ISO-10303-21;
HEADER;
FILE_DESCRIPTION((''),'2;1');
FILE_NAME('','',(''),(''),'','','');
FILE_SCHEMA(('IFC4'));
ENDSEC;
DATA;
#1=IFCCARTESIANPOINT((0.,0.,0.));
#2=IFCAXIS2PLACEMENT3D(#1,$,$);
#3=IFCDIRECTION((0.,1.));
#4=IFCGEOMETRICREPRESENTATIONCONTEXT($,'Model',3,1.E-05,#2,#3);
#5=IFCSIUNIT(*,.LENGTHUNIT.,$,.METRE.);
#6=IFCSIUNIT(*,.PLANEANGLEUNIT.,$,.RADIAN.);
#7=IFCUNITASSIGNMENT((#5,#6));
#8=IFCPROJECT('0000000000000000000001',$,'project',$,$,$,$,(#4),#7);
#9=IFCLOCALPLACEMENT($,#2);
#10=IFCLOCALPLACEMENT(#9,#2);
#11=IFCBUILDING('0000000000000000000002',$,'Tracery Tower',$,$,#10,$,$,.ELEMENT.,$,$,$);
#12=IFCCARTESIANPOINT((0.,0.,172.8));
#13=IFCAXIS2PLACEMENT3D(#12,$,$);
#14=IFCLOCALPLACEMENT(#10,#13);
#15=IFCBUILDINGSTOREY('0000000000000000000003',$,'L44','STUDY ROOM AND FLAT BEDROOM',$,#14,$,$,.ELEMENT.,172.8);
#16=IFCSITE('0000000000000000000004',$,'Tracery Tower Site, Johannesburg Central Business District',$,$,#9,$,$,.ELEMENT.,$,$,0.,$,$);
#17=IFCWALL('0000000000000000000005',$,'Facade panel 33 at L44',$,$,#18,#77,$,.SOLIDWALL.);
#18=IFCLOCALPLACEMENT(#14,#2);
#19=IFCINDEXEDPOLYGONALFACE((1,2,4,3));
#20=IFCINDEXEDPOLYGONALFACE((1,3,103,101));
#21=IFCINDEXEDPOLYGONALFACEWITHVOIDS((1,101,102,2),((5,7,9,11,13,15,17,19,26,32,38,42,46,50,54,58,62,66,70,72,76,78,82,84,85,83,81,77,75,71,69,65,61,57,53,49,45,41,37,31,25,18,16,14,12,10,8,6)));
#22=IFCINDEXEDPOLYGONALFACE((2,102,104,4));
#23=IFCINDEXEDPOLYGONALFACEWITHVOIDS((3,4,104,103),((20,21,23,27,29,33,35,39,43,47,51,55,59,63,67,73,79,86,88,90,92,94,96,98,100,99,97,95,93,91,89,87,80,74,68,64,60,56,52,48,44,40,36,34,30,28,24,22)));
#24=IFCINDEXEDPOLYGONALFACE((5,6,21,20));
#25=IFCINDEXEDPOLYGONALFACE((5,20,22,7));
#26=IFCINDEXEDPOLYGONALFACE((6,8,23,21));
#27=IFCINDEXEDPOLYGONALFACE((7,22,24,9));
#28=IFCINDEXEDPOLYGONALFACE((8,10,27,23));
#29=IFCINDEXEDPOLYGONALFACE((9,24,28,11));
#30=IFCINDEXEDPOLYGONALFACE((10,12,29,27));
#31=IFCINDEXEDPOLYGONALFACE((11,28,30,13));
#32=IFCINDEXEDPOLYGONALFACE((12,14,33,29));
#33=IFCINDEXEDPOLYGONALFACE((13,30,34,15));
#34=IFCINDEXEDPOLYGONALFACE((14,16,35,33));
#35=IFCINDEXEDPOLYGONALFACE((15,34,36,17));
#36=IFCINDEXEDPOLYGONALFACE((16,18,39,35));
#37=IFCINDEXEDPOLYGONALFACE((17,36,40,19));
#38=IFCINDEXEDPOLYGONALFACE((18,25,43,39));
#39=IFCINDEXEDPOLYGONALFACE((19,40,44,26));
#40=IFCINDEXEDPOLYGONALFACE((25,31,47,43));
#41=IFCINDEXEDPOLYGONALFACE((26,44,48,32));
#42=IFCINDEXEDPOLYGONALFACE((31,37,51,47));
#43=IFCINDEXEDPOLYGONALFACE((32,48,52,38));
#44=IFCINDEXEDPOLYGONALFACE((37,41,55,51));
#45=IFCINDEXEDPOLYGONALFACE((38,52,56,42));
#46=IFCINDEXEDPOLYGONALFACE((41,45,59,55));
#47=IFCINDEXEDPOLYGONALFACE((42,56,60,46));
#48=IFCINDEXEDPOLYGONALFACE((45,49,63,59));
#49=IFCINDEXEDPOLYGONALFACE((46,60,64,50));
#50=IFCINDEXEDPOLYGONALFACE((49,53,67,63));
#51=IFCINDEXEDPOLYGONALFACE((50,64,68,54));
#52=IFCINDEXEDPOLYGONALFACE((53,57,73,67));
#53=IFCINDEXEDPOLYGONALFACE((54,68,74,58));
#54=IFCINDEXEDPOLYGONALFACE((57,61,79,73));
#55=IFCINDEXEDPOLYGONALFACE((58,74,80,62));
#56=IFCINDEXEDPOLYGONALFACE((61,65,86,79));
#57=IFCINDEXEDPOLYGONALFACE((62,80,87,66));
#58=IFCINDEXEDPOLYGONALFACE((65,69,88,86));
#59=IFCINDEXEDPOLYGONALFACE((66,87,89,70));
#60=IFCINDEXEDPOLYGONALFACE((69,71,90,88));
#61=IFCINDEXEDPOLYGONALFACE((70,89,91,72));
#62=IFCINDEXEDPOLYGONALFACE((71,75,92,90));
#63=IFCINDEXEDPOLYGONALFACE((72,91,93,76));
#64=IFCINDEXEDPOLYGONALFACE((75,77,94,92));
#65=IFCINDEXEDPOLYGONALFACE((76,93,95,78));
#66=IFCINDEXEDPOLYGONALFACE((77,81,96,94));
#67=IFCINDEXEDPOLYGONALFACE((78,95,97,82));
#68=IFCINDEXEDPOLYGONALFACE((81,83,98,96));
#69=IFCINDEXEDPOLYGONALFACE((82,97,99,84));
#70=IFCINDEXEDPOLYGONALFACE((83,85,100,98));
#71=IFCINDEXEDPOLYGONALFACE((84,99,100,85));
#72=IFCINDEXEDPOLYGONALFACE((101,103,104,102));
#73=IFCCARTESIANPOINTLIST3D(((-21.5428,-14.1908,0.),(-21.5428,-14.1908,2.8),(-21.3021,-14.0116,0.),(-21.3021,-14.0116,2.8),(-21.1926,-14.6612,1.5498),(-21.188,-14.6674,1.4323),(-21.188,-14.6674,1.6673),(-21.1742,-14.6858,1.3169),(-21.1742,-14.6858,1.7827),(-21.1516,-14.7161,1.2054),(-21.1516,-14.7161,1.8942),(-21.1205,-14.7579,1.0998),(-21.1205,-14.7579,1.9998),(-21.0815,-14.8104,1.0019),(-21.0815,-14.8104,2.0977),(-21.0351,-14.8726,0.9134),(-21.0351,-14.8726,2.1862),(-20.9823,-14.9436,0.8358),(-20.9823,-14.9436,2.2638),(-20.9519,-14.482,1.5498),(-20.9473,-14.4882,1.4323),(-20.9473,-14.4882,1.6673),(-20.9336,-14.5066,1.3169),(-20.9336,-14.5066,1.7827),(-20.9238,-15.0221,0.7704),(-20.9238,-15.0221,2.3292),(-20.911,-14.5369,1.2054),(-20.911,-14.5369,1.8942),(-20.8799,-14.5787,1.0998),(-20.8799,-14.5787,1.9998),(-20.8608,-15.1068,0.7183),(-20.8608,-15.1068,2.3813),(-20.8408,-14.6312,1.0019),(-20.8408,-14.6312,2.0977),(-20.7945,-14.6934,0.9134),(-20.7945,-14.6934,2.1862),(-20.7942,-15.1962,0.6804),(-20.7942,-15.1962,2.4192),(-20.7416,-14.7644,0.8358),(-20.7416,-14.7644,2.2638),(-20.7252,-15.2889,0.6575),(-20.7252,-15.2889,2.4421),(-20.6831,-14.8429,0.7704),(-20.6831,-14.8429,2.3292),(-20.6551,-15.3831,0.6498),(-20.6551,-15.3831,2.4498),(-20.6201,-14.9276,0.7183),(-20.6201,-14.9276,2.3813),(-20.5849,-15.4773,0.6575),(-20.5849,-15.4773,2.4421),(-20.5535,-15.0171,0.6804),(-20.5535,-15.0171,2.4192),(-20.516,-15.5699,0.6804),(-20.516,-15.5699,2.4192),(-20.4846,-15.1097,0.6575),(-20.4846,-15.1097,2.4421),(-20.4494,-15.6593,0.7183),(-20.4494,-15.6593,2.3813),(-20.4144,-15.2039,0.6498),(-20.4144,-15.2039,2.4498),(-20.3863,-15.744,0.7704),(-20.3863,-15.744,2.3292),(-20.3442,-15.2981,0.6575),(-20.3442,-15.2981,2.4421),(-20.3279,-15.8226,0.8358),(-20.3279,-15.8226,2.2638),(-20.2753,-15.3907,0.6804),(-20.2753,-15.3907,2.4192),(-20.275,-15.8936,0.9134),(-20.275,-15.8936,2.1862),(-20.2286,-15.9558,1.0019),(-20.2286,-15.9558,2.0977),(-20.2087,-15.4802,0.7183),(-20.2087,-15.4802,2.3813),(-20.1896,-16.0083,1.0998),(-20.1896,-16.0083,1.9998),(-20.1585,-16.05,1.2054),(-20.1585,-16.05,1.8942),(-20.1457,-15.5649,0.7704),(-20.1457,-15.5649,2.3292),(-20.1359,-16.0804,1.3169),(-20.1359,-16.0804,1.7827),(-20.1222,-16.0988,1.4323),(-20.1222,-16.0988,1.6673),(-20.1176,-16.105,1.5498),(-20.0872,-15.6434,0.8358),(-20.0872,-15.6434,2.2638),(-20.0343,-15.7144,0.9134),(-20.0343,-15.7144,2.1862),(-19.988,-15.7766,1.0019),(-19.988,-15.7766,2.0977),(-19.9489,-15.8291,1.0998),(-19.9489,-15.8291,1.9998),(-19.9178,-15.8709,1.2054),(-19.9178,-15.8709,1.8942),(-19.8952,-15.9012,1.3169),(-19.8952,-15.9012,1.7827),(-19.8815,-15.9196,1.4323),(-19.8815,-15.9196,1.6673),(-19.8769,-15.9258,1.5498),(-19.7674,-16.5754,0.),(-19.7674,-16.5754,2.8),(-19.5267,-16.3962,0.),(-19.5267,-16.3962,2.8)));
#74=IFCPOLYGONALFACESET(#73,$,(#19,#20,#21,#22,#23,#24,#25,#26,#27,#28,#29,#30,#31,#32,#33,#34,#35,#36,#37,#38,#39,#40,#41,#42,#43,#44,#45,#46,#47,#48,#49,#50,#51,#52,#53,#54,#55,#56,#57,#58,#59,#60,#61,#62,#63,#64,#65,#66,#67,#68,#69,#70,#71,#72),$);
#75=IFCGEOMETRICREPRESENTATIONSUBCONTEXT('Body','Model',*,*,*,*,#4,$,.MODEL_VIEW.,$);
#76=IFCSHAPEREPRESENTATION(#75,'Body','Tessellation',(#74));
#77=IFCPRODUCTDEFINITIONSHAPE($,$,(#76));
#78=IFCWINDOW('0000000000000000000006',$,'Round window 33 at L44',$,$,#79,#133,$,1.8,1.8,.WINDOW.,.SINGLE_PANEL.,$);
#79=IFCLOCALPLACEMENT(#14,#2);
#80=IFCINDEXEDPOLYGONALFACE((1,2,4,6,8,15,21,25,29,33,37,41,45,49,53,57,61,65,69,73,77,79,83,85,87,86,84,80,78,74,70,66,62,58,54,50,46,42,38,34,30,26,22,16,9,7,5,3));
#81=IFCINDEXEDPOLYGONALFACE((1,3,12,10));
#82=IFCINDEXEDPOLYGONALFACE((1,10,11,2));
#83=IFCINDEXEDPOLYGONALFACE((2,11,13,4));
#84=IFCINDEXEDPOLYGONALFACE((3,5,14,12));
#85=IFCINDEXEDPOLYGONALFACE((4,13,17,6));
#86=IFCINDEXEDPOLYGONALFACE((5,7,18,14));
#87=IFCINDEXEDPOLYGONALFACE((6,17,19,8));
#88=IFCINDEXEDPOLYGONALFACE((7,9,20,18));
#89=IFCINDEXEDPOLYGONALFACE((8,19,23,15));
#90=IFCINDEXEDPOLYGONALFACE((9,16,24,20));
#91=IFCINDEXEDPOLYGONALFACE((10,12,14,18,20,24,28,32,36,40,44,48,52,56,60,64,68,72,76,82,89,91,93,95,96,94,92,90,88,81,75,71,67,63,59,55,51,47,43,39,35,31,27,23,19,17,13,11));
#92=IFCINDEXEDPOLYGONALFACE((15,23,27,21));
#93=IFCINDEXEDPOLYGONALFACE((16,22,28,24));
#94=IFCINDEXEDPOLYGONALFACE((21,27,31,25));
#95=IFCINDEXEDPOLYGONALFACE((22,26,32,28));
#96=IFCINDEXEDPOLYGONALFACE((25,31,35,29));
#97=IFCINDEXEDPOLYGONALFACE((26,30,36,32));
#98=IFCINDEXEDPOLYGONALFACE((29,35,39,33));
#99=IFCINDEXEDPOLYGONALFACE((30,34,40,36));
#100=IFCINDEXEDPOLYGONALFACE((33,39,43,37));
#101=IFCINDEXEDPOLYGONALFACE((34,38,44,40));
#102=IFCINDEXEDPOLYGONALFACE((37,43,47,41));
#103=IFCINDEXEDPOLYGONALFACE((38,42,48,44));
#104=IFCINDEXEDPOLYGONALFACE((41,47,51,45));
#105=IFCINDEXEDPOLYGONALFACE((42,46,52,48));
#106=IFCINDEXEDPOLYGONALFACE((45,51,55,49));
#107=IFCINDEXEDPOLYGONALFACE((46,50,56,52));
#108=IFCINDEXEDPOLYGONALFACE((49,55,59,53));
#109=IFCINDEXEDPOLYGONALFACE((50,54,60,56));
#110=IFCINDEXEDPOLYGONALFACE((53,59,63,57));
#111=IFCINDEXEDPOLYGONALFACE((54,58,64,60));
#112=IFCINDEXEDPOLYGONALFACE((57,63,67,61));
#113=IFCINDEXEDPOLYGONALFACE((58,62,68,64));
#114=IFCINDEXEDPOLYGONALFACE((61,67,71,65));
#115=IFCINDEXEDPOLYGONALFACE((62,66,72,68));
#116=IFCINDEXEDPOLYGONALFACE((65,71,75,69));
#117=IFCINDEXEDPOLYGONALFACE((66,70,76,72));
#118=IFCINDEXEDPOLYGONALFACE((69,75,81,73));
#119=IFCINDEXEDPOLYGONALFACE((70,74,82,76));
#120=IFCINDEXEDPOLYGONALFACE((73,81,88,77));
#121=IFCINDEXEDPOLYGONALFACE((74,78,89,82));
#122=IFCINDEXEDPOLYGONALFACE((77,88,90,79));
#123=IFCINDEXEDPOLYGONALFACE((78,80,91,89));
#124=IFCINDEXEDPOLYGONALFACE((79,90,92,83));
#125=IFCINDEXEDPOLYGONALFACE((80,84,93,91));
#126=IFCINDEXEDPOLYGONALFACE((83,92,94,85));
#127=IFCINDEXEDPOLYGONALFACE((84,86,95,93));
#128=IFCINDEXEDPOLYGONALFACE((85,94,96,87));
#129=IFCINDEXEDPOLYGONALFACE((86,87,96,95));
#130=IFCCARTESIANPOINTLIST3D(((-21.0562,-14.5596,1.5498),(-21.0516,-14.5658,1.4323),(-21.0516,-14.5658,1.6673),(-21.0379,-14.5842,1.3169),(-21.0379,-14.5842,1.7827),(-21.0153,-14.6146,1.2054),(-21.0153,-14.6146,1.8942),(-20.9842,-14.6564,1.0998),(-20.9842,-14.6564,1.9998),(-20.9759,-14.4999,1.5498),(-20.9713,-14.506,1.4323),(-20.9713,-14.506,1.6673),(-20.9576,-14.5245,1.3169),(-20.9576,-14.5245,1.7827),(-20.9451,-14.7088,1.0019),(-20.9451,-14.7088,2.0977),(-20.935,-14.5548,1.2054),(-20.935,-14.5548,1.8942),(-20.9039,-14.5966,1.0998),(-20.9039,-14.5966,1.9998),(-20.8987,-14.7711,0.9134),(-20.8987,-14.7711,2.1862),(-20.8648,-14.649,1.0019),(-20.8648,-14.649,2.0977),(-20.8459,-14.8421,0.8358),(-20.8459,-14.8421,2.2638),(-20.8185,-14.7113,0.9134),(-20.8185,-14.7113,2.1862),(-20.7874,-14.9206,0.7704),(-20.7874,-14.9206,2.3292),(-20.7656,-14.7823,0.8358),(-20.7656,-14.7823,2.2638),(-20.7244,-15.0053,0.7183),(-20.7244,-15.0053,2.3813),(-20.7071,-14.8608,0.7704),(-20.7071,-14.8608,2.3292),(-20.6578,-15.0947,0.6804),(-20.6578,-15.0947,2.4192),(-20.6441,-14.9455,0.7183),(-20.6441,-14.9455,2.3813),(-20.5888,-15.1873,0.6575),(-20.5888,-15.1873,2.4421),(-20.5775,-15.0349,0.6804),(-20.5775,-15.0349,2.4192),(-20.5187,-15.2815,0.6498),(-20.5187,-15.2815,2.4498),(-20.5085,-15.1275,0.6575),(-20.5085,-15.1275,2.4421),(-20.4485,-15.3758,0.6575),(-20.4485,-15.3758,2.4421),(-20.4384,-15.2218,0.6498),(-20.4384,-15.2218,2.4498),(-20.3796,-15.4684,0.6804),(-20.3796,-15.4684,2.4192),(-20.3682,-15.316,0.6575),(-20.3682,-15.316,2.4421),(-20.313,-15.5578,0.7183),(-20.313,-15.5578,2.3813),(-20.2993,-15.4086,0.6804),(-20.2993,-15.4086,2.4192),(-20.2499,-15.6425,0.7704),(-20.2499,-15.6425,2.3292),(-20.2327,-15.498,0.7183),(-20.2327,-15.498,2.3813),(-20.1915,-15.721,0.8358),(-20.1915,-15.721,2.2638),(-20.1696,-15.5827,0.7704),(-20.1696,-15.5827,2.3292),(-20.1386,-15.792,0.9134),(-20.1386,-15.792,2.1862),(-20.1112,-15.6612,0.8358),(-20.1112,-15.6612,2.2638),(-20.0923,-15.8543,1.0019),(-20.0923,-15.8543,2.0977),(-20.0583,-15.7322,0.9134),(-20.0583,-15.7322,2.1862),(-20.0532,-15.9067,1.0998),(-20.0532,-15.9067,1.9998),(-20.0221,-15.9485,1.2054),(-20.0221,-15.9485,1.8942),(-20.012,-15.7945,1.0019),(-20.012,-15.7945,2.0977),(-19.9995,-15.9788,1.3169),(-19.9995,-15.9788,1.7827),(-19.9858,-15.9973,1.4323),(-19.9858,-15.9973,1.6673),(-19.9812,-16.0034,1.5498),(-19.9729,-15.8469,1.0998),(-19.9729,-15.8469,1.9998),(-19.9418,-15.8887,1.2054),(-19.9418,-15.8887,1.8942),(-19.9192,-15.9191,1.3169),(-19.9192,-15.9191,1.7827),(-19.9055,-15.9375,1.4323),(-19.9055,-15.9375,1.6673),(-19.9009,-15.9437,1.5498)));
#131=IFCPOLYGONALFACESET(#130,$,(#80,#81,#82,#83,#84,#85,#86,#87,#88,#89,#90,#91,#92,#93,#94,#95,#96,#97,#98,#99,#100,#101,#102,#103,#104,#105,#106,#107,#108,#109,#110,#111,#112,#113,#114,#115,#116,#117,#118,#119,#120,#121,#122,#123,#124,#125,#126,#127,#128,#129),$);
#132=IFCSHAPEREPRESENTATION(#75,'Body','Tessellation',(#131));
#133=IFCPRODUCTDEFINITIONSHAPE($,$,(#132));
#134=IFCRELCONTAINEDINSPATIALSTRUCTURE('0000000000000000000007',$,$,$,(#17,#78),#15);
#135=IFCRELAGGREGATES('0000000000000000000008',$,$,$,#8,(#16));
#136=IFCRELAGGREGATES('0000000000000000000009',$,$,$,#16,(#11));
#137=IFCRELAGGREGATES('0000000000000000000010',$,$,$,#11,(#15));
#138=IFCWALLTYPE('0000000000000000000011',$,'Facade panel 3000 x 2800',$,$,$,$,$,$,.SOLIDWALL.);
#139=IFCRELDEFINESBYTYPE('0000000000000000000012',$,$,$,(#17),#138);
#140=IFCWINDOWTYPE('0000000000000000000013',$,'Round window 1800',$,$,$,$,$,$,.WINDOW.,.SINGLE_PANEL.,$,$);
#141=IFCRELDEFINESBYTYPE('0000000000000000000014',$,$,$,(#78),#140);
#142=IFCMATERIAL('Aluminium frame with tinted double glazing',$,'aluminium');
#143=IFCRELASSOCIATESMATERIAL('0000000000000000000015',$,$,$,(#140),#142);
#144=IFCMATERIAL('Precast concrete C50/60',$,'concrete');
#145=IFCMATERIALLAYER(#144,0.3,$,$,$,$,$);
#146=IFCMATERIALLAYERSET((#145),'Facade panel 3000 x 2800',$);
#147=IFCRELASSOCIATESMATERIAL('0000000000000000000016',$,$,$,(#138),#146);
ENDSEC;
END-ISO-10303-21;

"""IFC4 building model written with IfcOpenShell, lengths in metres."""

from ifc_helpers import new_model, si_unit, direction, frame, frame_2d, origin, origin_2d, place, context, subcontext, project, spatial, rectangle, circle, extrude, material, layer, layer_set, type_object, element, fill, save


model = new_model("IFC4")

# Units and contexts
model_context = context("Model", 3, precision=1e-05, world=origin(), true_north=direction((0.0, 1.0)))
body_context = subcontext(model_context, "Body", "Model", "MODEL_VIEW")
ifc_project = project(units=[si_unit("LENGTHUNIT", "METRE"), si_unit("PLANEANGLEUNIT", "RADIAN")], contexts=[model_context])

# Site, building, storey
site_placement = place(None, origin())
site = spatial("IfcSite", under=ifc_project, at=site_placement, Name="Tracery Tower Site, Johannesburg Central Business District", CompositionType="ELEMENT", RefElevation=0.0)
building_placement = place(site_placement, origin())
building = spatial("IfcBuilding", under=site, at=building_placement, Name="Tracery Tower", CompositionType="ELEMENT")
storey_placement = place(building_placement, frame((0.0, 0.0, 172.8)))
storey = spatial("IfcBuildingStorey", under=building, at=storey_placement, Name="L44", Description="STUDY ROOM AND FLAT BEDROOM", CompositionType="ELEMENT", Elevation=172.8)

# Wall, opening, window
ifc_material_1 = material(Name="Aluminium frame with tinted double glazing", Category="aluminium")
window_type = type_object("IfcWindowType", Name="Round window 1800", PartitioningType="SINGLE_PANEL", PredefinedType="WINDOW", material=ifc_material_1)
ifc_material_2 = material(Name="Precast concrete C50/60", Category="concrete")
ifc_layer_1 = layer(ifc_material_2, 0.3)
ifc_layer_set_1 = layer_set([ifc_layer_1], Name="Facade panel 3000 x 2800")
wall_type_1 = type_object("IfcWallType", Name="Facade panel 3000 x 2800", PredefinedType="SOLIDWALL", material=ifc_layer_set_1)
wall_1_placement = place(storey_placement, frame((-21.4224, -14.1013, 0.0), z_axis=(0.0, 0.0, 1.0), x_axis=(0.597198, -0.802094, 0.0)))
wall_1 = element("IfcWall", 1, at=wall_1_placement, inside=storey, type_object=wall_type_1, Name="Facade panel 33 at L44", PredefinedType="SOLIDWALL", context=body_context, shape_type="SweptSolid", body=[
    extrude(rectangle(XDim=2.9729, YDim=0.3, at=frame_2d((1.4863, 0.0))), origin(), (0.0, 0.0, 1.0), 2.8),
])
opening_1_placement = place(wall_1_placement, frame((1.4863, 0.0, 1.5498)))
opening_1 = element("IfcOpeningElement", 2, at=opening_1_placement, cuts=wall_1, PredefinedType="OPENING", context=body_context, shape_type="SweptSolid", body=[
    extrude(circle(Radius=0.9, at=origin_2d()), frame((0.0, 0.1599, 0.0), z_axis=(0.0, -1.0, 0.0), x_axis=(1.0, 0.0, 0.0)), (0.0, 0.0, 1.0), 0.3201),
])
window_1_placement = place(opening_1_placement, origin())
window_1 = element("IfcWindow", 3, at=window_1_placement, inside=storey, type_object=window_type, Name="Round window 33 at L44", OverallHeight=1.8, OverallWidth=1.8, PartitioningType="SINGLE_PANEL", PredefinedType="WINDOW", context=body_context, shape_type="SweptSolid", body=[
    extrude(circle(Radius=0.9, at=origin_2d()), frame((0.0, 0.1201, 0.0), z_axis=(0.0, -1.0, 0.0), x_axis=(1.0, 0.0, 0.0)), (0.0, 0.0, 1.0), 0.1001),
])
fill(opening_1, window_1)

save(model, "model.ifc")
